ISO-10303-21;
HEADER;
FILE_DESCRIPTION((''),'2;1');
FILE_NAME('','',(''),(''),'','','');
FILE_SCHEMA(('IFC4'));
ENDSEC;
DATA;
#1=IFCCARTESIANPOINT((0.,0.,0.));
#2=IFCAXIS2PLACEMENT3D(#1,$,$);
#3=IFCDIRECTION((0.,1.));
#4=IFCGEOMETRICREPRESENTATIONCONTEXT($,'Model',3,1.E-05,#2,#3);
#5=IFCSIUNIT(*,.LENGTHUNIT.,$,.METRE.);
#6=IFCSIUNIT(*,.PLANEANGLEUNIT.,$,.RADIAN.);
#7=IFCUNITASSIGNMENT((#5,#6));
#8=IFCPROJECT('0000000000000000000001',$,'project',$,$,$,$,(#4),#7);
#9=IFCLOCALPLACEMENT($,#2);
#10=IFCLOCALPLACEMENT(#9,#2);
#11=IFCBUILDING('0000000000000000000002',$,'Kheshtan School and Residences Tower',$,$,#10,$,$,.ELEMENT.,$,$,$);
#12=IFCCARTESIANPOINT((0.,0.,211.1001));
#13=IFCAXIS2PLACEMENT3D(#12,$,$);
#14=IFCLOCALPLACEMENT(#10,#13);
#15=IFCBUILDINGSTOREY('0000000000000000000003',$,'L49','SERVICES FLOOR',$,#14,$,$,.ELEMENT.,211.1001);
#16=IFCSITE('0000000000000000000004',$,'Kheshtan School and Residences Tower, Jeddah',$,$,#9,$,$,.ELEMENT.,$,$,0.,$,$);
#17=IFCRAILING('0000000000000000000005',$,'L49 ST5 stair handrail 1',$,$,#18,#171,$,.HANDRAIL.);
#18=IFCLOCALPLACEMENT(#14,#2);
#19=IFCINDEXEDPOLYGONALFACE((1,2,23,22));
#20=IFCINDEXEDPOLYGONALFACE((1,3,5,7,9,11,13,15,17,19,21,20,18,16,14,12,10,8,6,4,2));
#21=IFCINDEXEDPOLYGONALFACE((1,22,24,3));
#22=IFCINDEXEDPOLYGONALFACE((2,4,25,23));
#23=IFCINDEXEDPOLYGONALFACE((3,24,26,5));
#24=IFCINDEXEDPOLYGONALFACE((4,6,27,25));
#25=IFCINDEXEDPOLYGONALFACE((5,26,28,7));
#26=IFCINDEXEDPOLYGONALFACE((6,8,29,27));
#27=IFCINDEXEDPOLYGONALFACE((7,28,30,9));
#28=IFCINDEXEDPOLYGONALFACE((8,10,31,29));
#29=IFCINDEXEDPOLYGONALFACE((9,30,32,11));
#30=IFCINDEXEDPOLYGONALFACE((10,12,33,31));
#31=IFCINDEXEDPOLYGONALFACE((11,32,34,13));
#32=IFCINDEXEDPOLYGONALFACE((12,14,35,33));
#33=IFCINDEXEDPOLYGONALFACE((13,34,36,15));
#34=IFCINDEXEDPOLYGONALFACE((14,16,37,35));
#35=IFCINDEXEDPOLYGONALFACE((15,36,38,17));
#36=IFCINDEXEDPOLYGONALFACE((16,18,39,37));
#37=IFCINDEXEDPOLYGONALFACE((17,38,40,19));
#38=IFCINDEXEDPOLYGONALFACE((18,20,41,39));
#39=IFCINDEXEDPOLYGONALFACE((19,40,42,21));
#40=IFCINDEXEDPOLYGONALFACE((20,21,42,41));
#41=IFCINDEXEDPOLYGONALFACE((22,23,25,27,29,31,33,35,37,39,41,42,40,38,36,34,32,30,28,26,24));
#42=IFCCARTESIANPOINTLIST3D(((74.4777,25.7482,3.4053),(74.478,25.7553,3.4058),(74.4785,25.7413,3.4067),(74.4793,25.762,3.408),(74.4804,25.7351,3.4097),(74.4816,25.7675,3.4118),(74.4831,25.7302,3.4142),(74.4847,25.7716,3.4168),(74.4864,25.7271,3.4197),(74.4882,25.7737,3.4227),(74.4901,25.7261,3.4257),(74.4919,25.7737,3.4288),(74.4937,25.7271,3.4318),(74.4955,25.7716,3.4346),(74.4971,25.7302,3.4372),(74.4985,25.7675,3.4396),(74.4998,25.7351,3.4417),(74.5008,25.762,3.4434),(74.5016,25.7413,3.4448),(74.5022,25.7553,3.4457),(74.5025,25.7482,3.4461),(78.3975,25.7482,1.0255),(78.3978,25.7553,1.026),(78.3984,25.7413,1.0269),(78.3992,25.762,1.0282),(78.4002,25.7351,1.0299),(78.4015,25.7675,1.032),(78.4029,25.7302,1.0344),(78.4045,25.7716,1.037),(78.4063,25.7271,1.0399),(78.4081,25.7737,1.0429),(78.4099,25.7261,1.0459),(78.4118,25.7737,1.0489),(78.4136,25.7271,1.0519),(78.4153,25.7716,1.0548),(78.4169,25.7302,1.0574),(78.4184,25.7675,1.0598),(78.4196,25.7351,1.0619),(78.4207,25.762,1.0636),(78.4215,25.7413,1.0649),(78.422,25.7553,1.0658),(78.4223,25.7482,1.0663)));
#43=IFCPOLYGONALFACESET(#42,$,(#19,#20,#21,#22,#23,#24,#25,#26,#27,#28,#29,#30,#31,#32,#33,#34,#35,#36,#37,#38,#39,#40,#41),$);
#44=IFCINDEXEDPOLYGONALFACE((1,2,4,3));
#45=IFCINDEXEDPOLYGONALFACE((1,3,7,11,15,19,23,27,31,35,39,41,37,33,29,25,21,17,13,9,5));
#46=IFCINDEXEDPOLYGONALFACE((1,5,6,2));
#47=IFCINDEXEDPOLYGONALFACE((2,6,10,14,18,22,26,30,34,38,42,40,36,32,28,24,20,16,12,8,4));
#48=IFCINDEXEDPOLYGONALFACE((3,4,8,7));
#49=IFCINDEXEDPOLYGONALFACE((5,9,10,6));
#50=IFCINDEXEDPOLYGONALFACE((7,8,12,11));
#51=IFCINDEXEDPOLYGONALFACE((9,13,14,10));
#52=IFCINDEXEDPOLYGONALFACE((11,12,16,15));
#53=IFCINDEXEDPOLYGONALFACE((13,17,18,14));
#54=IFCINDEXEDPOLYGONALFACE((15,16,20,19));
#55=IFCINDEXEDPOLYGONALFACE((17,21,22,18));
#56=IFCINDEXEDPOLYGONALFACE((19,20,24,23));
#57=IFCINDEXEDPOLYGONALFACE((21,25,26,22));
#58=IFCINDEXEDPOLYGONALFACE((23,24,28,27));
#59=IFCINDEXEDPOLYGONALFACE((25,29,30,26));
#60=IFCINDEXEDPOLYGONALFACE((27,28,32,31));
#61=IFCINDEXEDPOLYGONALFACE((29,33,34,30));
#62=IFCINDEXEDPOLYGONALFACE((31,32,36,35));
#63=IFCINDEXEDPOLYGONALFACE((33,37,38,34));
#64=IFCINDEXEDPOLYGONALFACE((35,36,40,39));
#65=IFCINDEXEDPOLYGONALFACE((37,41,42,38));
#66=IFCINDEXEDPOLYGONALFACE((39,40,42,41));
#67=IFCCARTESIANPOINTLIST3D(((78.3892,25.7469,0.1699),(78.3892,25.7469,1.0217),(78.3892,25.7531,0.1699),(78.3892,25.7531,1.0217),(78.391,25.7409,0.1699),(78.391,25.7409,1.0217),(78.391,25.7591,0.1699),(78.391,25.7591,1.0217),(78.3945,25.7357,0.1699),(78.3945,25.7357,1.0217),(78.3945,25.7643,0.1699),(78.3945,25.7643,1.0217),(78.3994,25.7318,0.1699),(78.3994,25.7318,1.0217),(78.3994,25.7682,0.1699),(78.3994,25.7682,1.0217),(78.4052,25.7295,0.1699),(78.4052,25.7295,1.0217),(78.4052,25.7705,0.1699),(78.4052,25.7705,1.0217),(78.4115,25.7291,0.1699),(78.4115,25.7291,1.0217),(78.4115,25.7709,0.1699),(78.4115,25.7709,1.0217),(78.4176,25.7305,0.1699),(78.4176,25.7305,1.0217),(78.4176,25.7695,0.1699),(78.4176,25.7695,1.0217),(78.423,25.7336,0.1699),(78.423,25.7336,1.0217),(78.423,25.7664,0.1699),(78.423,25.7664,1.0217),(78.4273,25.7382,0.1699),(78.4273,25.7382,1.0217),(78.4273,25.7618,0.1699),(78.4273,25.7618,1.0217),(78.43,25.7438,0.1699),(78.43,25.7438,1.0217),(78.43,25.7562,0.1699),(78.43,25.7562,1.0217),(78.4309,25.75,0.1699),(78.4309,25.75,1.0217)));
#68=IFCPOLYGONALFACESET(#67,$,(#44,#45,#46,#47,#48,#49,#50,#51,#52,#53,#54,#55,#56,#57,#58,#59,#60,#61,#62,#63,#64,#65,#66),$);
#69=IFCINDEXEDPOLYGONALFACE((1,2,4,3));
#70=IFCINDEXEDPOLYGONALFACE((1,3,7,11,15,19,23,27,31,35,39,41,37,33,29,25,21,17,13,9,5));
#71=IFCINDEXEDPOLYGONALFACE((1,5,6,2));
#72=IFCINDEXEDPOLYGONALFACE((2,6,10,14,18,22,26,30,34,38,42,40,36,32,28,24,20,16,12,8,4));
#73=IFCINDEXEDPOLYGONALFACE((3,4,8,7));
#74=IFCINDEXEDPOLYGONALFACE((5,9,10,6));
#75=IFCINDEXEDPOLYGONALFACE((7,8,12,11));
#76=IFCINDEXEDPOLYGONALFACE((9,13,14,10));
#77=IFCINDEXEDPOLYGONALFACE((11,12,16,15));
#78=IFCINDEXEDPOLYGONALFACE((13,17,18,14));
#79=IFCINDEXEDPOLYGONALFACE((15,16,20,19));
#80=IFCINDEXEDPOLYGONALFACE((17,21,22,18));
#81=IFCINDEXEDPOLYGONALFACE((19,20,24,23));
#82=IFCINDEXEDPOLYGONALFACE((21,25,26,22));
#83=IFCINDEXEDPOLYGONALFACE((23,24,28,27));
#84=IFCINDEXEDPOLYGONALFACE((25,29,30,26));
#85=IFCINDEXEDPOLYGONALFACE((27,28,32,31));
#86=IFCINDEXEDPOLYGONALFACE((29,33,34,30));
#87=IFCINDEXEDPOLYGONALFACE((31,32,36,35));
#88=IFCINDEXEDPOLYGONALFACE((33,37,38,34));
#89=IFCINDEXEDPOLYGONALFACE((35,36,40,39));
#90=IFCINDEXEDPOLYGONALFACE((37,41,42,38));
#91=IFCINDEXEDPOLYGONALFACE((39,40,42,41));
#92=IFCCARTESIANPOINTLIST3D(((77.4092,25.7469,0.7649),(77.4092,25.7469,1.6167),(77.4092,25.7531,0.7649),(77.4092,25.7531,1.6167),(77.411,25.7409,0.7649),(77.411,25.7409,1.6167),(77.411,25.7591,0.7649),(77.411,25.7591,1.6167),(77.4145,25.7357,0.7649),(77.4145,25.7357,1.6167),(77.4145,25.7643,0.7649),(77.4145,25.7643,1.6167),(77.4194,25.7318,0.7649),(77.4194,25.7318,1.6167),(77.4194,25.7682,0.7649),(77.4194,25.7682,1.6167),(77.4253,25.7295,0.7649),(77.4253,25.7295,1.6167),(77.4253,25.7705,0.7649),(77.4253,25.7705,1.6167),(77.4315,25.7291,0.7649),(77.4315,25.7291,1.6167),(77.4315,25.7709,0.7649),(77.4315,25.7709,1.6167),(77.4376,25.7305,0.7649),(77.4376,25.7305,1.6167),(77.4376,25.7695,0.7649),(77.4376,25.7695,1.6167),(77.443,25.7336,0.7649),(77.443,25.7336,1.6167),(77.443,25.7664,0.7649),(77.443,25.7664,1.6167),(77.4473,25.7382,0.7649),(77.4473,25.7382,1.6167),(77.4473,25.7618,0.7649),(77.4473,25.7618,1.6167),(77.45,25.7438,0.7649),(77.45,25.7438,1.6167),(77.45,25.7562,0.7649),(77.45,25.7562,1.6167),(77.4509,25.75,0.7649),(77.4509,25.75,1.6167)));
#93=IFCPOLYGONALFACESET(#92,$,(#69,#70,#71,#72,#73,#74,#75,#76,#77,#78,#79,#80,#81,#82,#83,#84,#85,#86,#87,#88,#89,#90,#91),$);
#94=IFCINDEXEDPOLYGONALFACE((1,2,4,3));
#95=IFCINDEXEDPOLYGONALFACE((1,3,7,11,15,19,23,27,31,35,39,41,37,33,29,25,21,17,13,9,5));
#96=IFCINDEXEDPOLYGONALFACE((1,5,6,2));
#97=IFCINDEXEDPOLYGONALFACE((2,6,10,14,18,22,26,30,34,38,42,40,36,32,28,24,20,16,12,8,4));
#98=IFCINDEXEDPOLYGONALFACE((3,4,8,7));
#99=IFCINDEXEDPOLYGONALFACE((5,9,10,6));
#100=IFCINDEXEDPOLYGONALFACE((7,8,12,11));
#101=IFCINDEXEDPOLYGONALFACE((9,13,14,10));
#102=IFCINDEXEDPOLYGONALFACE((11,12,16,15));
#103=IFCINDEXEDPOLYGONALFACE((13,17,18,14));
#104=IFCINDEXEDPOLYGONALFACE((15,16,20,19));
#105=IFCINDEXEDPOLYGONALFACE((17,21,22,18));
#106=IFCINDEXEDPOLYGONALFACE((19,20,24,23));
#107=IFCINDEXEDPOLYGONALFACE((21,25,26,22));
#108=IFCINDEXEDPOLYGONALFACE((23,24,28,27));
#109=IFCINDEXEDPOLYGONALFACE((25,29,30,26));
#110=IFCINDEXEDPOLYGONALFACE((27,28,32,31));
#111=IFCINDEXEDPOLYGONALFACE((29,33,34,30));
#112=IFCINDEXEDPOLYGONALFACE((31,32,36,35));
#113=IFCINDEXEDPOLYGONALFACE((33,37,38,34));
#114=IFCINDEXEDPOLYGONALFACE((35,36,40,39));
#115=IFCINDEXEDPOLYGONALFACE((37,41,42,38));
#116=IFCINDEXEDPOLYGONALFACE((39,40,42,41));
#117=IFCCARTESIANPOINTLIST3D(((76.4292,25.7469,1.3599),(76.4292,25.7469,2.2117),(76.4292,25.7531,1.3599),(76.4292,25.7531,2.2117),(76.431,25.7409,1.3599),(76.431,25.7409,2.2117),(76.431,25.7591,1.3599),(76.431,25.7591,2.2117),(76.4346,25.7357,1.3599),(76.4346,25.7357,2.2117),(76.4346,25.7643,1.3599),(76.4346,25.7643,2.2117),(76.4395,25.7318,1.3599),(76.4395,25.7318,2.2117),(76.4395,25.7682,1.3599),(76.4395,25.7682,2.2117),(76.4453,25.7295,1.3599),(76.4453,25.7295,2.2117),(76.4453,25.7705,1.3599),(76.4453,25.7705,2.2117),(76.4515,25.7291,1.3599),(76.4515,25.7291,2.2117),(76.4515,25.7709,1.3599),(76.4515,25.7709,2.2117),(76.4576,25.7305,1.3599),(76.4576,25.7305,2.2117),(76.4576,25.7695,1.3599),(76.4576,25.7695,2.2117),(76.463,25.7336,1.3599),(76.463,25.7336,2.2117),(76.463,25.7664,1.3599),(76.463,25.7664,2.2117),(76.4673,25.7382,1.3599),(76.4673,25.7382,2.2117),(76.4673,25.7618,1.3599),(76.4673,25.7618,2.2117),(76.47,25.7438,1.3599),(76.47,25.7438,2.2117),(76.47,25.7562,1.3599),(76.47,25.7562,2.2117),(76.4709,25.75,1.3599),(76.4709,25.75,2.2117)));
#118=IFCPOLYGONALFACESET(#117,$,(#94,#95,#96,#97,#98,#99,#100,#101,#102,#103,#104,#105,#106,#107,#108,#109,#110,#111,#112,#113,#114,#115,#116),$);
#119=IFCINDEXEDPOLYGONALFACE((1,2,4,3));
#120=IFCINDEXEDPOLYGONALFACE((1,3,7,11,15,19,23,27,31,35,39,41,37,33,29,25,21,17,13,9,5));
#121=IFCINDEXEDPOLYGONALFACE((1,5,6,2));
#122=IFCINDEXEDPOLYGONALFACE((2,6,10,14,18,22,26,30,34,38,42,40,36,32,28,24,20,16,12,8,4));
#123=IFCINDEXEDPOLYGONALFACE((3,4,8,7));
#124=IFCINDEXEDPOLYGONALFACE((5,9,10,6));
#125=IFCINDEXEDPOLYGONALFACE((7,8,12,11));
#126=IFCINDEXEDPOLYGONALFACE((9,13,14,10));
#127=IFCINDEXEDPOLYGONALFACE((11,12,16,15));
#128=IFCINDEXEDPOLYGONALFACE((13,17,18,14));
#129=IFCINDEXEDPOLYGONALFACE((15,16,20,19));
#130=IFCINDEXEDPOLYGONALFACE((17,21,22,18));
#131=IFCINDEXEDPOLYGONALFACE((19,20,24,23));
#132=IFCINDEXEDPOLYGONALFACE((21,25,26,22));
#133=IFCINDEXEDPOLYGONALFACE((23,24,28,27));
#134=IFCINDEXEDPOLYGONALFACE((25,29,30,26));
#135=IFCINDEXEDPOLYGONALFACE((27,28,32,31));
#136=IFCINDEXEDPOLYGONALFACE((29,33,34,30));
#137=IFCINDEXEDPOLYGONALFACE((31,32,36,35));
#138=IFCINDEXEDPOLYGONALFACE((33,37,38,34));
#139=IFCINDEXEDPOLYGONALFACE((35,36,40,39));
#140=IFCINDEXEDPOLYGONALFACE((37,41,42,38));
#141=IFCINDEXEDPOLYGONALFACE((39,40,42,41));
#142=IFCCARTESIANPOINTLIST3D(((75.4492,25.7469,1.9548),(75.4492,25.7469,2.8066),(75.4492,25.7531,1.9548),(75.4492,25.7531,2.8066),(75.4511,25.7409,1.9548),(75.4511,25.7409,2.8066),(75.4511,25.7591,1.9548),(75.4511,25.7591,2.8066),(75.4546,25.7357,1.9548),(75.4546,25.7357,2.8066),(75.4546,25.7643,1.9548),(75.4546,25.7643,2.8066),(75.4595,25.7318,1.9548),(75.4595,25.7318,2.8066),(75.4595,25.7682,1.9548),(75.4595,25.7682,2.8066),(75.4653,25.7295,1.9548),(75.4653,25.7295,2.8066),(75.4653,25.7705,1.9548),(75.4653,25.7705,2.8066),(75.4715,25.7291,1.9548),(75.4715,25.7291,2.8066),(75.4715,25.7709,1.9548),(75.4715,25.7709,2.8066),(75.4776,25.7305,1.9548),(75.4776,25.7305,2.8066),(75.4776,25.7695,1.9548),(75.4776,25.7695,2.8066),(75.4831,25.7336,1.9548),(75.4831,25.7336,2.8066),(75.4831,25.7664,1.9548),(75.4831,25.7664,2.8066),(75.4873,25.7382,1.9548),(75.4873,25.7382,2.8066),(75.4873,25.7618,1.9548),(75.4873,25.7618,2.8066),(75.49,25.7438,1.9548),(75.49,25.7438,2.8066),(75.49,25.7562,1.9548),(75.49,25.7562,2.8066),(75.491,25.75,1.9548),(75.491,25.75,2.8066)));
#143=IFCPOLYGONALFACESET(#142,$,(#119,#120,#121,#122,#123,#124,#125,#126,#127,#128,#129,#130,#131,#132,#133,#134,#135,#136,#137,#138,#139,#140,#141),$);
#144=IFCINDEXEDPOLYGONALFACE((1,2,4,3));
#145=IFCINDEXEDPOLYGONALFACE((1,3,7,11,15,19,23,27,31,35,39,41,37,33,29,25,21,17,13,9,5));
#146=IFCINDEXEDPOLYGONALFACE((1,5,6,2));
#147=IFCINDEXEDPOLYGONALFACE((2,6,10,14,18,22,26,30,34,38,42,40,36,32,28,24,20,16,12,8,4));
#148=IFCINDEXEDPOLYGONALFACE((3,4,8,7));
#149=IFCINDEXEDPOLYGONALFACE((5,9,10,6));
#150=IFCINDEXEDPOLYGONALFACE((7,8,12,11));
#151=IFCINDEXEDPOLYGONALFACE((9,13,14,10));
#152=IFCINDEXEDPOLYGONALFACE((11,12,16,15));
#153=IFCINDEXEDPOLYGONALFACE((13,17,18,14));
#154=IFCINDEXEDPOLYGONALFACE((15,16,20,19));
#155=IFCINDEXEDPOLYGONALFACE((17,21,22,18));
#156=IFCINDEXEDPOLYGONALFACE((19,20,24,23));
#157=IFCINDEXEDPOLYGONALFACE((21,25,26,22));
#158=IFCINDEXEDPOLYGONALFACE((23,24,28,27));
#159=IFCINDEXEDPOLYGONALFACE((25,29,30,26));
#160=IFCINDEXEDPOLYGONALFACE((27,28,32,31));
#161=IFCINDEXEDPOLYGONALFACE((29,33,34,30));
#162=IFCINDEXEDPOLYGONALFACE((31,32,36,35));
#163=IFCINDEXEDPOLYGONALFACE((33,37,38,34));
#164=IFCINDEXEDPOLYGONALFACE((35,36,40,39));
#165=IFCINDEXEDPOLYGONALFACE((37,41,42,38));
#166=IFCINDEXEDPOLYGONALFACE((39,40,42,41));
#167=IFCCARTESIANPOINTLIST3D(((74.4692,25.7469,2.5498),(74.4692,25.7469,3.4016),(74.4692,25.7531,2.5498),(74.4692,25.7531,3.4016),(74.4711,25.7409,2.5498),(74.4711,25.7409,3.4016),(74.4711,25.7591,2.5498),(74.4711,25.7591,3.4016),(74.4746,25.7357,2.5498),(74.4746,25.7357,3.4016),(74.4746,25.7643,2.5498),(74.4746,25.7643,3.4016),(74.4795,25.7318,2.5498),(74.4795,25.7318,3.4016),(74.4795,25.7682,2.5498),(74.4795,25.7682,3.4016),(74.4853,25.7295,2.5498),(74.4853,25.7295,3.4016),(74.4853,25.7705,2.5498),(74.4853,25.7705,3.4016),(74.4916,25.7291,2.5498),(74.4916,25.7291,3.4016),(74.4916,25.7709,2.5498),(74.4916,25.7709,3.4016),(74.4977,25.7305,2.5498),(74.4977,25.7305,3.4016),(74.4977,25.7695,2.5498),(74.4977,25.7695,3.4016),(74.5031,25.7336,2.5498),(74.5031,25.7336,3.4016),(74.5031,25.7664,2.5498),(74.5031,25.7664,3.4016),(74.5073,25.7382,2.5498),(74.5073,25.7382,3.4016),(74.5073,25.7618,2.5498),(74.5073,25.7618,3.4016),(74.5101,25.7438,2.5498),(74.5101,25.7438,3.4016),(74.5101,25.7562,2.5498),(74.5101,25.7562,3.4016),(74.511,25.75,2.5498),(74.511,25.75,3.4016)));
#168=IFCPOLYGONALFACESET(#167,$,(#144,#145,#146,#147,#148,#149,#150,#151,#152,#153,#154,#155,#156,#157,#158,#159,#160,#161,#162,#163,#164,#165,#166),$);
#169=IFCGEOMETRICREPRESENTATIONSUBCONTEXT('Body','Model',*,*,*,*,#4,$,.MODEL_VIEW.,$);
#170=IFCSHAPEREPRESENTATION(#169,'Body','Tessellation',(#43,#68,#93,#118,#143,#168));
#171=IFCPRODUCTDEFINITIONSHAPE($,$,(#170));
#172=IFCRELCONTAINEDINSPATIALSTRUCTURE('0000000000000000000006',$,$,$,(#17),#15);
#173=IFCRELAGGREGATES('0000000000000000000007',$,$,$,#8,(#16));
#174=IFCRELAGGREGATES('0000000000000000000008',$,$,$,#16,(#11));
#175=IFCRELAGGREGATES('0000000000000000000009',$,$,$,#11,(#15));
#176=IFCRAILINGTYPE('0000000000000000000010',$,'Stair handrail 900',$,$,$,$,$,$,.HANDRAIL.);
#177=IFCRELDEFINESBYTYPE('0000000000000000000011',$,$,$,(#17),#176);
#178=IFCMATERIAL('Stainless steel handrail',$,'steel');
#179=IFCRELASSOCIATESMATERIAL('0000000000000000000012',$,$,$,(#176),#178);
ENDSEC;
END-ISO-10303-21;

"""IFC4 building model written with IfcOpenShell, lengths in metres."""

from ifc_helpers import new_model, si_unit, direction, frame, origin, origin_2d, place, context, subcontext, project, spatial, circle, extrude, material, type_object, element, save


model = new_model("IFC4")

# Units and contexts
model_context = context("Model", 3, precision=1e-05, world=origin(), true_north=direction((0.0, 1.0)))
body_context = subcontext(model_context, "Body", "Model", "MODEL_VIEW")
ifc_project = project(units=[si_unit("LENGTHUNIT", "METRE"), si_unit("PLANEANGLEUNIT", "RADIAN")], contexts=[model_context])

# Site, building, storey
site_placement = place(None, origin())
site = spatial("IfcSite", under=ifc_project, at=site_placement, Name="Kheshtan School and Residences Tower, Jeddah", CompositionType="ELEMENT", RefElevation=0.0)
building_placement = place(site_placement, origin())
building = spatial("IfcBuilding", under=site, at=building_placement, Name="Kheshtan School and Residences Tower", CompositionType="ELEMENT")
storey_placement = place(building_placement, frame((0.0, 0.0, 211.1001)))
storey = spatial("IfcBuildingStorey", under=building, at=storey_placement, Name="L49", Description="SERVICES FLOOR", CompositionType="ELEMENT", Elevation=211.1001)

# Railing
ifc_material_1 = material(Name="Stainless steel handrail", Category="steel")
railing_type = type_object("IfcRailingType", Name="Stair handrail 900", PredefinedType="HANDRAIL", material=ifc_material_1)
railing_placement = place(storey_placement, frame((78.4099, 25.75, 0.1699)))
element("IfcRailing", 1, at=railing_placement, inside=storey, type_object=railing_type, Name="L49 ST5 stair handrail 1", PredefinedType="HANDRAIL", context=body_context, shape_type="SweptSolid", body=[
    extrude(circle(Radius=0.0239, at=origin_2d()), frame((0.0, 0.0, 0.876), z_axis=(-0.854794, 0.0, 0.518967), x_axis=(0.0, -1.0, 0.0)), (0.0, 0.0, 1.0), 4.5857),
    extrude(circle(Radius=0.021, at=origin_2d()), origin(), (0.0, 0.0, 1.0), 0.8518),
    extrude(circle(Radius=0.021, at=origin_2d()), frame((-0.98, 0.0, 0.595)), (0.0, 0.0, 1.0), 0.8518),
    extrude(circle(Radius=0.021, at=origin_2d()), frame((-1.96, 0.0, 1.1899)), (0.0, 0.0, 1.0), 0.8518),
    extrude(circle(Radius=0.021, at=origin_2d()), frame((-2.9399, 0.0, 1.7849)), (0.0, 0.0, 1.0), 0.8518),
    extrude(circle(Radius=0.021, at=origin_2d()), frame((-3.9199, 0.0, 2.3799)), (0.0, 0.0, 1.0), 0.8518),
])

save(model, "model.ifc")
